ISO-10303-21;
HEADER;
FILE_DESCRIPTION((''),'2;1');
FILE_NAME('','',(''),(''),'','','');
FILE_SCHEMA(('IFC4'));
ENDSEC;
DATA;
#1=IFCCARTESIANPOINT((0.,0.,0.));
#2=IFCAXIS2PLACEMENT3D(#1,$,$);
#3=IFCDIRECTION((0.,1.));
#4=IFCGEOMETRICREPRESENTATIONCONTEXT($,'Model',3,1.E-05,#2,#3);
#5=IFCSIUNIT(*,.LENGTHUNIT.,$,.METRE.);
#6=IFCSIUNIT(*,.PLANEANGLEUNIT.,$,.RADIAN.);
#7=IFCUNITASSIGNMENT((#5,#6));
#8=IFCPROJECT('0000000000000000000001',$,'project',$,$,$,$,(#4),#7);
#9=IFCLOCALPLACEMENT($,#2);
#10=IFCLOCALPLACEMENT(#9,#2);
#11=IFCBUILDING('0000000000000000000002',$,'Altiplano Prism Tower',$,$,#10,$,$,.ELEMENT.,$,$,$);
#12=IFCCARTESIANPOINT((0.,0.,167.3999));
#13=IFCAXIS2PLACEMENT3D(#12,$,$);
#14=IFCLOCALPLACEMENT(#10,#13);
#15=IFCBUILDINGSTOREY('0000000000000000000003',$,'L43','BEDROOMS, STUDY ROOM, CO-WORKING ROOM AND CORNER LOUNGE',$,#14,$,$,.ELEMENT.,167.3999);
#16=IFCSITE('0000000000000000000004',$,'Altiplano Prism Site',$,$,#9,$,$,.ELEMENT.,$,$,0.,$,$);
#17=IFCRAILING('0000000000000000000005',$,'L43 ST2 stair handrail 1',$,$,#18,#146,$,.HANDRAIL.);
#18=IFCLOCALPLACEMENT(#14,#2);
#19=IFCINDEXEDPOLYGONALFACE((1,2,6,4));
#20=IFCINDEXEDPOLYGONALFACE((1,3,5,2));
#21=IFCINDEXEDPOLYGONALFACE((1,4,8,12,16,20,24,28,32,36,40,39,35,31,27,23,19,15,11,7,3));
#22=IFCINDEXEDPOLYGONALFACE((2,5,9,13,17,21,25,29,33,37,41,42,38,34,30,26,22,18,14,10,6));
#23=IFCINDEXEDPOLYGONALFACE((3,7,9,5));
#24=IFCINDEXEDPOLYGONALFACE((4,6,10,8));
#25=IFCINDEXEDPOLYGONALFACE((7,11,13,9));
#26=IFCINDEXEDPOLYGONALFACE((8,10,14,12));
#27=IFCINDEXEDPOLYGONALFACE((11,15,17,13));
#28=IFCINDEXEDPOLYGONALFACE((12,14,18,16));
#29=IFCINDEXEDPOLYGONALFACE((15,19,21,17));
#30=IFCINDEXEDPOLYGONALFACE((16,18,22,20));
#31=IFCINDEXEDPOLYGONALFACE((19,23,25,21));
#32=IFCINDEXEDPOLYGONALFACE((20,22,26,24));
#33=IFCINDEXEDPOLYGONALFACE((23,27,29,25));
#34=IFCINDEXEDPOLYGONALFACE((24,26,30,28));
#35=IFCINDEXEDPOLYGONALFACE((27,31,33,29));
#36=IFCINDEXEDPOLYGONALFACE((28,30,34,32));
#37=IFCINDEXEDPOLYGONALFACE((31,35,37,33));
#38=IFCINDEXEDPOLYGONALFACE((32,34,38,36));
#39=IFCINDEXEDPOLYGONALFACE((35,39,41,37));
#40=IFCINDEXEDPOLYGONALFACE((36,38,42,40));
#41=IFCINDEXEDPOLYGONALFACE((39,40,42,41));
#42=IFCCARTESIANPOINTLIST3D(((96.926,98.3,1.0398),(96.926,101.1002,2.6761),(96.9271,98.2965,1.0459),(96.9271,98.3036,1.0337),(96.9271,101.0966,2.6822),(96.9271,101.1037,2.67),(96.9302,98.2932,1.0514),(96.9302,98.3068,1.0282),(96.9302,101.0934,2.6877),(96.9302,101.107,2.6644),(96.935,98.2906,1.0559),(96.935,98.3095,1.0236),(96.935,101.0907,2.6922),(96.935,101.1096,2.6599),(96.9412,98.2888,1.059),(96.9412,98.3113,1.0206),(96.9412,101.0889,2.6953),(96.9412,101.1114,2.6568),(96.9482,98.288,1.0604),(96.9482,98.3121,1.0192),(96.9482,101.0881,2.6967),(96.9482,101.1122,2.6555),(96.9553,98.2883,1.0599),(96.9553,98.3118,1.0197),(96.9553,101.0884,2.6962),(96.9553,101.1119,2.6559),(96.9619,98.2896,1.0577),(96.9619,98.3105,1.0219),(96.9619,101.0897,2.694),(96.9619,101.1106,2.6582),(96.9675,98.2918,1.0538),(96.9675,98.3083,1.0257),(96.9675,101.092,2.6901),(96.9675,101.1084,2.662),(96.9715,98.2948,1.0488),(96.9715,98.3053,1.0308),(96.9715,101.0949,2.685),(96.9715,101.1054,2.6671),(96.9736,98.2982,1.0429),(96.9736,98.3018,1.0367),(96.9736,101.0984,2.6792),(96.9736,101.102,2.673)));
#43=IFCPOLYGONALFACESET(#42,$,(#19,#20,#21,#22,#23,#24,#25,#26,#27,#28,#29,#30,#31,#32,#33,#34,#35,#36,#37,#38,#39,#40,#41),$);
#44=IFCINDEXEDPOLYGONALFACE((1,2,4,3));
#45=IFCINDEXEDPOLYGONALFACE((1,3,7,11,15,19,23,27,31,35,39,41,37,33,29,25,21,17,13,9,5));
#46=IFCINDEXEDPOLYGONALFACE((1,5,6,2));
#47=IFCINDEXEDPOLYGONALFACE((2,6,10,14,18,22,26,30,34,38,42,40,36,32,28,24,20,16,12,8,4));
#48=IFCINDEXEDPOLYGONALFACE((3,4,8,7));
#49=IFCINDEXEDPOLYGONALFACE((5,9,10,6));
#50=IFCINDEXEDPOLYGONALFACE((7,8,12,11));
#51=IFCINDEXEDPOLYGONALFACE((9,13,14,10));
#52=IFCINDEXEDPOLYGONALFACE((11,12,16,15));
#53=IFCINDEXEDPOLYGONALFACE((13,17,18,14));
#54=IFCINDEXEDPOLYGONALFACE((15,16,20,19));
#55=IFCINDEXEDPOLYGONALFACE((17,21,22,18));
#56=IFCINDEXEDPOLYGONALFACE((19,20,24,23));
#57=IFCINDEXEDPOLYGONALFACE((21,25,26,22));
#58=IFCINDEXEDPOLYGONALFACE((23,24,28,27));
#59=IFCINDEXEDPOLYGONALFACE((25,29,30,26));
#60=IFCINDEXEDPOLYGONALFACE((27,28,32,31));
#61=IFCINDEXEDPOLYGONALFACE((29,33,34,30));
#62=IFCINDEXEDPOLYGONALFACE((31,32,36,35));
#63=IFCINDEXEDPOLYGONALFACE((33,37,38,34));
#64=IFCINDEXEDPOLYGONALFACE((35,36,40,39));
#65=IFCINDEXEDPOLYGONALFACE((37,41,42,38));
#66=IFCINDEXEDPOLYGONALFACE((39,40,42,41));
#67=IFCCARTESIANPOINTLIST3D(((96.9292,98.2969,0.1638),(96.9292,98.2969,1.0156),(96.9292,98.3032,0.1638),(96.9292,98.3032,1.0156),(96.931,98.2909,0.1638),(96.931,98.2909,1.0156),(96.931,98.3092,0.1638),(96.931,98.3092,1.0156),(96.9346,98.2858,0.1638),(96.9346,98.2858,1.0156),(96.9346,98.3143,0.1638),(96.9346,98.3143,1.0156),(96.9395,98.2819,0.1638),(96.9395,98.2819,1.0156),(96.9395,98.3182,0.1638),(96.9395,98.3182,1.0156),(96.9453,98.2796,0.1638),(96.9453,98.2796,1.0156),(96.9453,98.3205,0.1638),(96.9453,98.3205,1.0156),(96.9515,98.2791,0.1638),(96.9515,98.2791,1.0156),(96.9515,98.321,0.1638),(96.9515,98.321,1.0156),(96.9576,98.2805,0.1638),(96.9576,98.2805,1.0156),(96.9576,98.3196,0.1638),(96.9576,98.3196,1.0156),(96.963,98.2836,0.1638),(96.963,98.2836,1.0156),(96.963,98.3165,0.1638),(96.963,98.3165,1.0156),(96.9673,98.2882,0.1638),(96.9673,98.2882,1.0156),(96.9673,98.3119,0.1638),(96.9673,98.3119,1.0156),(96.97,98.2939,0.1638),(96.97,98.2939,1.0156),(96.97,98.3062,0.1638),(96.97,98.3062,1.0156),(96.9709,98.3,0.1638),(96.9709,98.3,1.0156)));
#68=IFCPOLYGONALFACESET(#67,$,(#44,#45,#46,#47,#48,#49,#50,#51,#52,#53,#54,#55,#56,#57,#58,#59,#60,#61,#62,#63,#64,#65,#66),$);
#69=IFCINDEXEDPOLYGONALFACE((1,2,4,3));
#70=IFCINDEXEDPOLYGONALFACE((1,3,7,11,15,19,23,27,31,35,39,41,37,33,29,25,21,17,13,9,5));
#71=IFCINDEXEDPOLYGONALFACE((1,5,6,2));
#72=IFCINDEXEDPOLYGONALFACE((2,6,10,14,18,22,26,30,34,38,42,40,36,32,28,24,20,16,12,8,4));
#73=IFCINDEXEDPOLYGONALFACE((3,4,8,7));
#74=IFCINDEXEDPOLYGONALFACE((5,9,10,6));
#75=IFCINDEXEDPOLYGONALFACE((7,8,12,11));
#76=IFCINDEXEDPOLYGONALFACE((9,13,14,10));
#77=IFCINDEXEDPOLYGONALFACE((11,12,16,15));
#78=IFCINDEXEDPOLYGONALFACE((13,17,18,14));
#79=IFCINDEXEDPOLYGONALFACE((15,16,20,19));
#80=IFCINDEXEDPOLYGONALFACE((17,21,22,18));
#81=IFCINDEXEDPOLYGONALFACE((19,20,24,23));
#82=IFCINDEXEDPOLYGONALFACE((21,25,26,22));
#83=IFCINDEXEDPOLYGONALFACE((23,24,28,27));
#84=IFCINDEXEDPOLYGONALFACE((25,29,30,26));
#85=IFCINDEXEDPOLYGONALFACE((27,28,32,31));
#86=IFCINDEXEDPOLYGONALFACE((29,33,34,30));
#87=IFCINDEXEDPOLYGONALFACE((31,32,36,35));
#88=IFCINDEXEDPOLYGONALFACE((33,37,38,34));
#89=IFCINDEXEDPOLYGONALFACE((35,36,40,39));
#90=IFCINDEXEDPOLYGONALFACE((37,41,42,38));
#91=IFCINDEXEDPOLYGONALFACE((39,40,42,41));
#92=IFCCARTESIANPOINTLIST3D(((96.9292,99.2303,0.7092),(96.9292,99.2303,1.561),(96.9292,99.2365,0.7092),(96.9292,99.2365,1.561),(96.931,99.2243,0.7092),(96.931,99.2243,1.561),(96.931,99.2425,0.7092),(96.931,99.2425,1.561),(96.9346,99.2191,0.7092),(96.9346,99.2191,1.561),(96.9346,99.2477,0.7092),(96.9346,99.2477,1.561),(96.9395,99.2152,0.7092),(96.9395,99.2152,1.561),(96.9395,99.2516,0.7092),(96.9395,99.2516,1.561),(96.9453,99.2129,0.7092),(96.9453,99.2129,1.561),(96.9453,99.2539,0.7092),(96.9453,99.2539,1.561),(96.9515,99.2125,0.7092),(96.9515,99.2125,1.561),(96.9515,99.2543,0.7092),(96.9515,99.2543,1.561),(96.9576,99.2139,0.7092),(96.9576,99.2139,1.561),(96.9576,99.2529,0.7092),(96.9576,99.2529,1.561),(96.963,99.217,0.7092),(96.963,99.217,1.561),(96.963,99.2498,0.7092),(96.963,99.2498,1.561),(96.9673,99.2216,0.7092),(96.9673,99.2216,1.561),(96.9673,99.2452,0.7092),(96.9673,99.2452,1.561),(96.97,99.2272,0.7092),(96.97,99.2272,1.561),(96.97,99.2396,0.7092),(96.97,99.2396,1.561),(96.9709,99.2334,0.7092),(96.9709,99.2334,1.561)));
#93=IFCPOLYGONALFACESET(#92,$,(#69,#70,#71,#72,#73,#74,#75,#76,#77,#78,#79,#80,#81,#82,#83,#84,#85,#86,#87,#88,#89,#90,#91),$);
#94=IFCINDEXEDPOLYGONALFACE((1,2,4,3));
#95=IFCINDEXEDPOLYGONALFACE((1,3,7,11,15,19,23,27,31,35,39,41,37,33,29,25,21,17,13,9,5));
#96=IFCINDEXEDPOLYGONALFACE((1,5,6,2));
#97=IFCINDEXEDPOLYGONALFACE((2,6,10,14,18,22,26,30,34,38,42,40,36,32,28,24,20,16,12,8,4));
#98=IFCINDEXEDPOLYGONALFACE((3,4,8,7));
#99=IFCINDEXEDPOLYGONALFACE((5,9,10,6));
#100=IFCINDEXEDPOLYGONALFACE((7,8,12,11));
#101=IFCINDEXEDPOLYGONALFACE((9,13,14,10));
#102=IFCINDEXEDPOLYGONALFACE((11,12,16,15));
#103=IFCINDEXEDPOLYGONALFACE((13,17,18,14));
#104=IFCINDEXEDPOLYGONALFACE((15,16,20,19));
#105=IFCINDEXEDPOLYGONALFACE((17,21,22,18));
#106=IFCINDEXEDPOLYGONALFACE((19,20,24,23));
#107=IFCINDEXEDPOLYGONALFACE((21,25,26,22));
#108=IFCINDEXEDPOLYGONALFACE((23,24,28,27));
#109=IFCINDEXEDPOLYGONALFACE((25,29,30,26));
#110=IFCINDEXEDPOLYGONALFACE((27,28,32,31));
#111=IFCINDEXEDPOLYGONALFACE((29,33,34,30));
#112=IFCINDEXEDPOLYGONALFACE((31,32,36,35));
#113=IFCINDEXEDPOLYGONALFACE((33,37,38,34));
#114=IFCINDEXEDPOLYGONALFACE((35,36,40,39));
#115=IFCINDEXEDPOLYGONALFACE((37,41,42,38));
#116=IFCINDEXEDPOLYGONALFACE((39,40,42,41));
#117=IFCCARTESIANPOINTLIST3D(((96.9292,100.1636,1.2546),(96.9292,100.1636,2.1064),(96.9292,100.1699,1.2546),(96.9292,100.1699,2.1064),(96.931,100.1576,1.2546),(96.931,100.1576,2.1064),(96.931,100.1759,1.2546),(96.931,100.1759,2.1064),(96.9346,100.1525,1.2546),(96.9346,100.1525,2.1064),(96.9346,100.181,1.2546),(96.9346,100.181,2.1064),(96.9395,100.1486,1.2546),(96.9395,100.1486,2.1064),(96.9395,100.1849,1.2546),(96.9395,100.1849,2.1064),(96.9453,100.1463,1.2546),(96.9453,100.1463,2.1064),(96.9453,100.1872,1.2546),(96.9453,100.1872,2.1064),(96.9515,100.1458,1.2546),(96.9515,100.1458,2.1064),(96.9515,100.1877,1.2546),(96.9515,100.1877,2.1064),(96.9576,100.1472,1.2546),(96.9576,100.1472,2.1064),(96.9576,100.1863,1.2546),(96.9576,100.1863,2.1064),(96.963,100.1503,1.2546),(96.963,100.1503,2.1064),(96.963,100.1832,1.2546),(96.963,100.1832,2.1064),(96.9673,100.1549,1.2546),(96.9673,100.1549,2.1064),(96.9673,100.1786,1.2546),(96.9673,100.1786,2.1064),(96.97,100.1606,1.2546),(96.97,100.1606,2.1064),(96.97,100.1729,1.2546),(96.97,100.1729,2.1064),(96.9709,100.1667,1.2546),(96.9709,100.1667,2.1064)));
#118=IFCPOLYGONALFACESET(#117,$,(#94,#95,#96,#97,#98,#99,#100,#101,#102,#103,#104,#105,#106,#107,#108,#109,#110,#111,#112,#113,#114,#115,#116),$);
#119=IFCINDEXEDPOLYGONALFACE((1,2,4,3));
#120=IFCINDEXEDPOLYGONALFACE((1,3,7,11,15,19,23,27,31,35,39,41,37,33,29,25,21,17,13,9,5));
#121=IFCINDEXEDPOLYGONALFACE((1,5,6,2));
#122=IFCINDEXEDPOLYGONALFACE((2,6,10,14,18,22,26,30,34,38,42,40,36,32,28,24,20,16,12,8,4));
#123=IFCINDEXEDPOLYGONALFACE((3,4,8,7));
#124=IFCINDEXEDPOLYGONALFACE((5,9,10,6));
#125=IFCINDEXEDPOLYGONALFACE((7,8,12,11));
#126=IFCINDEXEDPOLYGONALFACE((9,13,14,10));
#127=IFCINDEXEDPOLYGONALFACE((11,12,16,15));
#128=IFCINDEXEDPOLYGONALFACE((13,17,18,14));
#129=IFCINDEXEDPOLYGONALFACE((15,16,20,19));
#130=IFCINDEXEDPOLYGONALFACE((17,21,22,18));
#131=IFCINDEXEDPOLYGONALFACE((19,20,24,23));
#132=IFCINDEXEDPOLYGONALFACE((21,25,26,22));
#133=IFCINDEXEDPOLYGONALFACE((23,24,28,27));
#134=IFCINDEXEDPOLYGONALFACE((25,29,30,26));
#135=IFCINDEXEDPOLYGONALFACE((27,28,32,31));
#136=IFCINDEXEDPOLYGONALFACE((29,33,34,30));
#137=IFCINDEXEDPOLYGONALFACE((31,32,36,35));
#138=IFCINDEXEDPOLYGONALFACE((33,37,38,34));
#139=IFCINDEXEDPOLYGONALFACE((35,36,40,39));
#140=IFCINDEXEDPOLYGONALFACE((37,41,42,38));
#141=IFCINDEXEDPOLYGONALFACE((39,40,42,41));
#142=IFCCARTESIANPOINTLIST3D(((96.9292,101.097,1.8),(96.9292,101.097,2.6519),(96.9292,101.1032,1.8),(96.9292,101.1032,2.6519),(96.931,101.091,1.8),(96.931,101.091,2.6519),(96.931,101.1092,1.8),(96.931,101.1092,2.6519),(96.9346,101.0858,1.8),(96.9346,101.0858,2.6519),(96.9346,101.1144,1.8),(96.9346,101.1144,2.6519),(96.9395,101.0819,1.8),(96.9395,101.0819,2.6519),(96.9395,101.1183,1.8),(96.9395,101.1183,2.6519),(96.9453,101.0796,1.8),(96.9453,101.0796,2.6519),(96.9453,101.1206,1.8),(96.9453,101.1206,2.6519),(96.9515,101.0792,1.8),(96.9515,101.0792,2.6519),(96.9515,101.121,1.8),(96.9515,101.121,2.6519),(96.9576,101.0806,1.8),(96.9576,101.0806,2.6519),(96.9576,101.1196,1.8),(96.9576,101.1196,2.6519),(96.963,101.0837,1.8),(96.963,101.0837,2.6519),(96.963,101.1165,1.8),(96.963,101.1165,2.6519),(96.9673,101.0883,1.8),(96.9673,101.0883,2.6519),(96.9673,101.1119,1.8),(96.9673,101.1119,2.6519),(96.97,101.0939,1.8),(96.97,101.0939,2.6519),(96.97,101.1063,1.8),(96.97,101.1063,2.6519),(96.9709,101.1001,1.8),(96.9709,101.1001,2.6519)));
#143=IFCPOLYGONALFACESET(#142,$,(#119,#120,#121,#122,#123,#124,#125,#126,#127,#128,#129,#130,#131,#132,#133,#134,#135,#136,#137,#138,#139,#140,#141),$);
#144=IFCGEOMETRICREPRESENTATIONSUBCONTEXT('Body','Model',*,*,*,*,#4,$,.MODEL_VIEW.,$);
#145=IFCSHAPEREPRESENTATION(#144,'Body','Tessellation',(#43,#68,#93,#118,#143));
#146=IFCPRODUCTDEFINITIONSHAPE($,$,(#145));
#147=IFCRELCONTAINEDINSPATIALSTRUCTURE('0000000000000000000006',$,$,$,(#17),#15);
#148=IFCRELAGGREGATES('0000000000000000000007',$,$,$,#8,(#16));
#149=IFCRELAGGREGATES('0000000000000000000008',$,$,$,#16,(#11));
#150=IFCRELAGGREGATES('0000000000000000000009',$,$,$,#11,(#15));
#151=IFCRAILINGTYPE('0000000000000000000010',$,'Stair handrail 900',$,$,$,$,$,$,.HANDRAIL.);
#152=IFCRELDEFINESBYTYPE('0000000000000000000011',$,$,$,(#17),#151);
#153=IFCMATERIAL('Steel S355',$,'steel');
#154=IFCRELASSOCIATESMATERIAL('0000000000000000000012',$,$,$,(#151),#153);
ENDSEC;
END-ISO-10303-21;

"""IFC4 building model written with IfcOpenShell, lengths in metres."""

from ifc_helpers import new_model, si_unit, direction, frame, origin, origin_2d, place, context, subcontext, project, spatial, circle, extrude, material, type_object, element, save


model = new_model("IFC4")

# Units and contexts
model_context = context("Model", 3, precision=1e-05, world=origin(), true_north=direction((0.0, 1.0)))
body_context = subcontext(model_context, "Body", "Model", "MODEL_VIEW")
ifc_project = project(units=[si_unit("LENGTHUNIT", "METRE"), si_unit("PLANEANGLEUNIT", "RADIAN")], contexts=[model_context])

# Site, building, storey
site_placement = place(None, origin())
site = spatial("IfcSite", under=ifc_project, at=site_placement, Name="Altiplano Prism Site", CompositionType="ELEMENT", RefElevation=0.0)
building_placement = place(site_placement, origin())
building = spatial("IfcBuilding", under=site, at=building_placement, Name="Altiplano Prism Tower", CompositionType="ELEMENT")
storey_placement = place(building_placement, frame((0.0, 0.0, 167.3999)))
storey = spatial("IfcBuildingStorey", under=building, at=storey_placement, Name="L43", Description="BEDROOMS, STUDY ROOM, CO-WORKING ROOM AND CORNER LOUNGE", CompositionType="ELEMENT", Elevation=167.3999)

# Railing
ifc_material_1 = material(Name="Steel S355", Category="steel")
railing_type = type_object("IfcRailingType", Name="Stair handrail 900", PredefinedType="HANDRAIL", material=ifc_material_1)
railing_placement = place(storey_placement, frame((96.95, 98.3, 0.1638)))
element("IfcRailing", 1, at=railing_placement, inside=storey, type_object=railing_type, Name="L43 ST2 stair handrail 1", PredefinedType="HANDRAIL", context=body_context, shape_type="SweptSolid", body=[
    extrude(circle(Radius=0.0239, at=origin_2d()), frame((0.0, 0.0, 0.876), z_axis=(0.0, 0.863394, 0.504531), x_axis=(-1.0, 0.0, 0.0)), (0.0, 0.0, 1.0), 3.2432),
    extrude(circle(Radius=0.021, at=origin_2d()), origin(), (0.0, 0.0, 1.0), 0.8518),
    extrude(circle(Radius=0.021, at=origin_2d()), frame((0.0, 0.9333, 0.5454)), (0.0, 0.0, 1.0), 0.8518),
    extrude(circle(Radius=0.021, at=origin_2d()), frame((0.0, 1.8667, 1.0908)), (0.0, 0.0, 1.0), 0.8518),
    extrude(circle(Radius=0.021, at=origin_2d()), frame((0.0, 2.8, 1.6362)), (0.0, 0.0, 1.0), 0.8518),
])

save(model, "model.ifc")
